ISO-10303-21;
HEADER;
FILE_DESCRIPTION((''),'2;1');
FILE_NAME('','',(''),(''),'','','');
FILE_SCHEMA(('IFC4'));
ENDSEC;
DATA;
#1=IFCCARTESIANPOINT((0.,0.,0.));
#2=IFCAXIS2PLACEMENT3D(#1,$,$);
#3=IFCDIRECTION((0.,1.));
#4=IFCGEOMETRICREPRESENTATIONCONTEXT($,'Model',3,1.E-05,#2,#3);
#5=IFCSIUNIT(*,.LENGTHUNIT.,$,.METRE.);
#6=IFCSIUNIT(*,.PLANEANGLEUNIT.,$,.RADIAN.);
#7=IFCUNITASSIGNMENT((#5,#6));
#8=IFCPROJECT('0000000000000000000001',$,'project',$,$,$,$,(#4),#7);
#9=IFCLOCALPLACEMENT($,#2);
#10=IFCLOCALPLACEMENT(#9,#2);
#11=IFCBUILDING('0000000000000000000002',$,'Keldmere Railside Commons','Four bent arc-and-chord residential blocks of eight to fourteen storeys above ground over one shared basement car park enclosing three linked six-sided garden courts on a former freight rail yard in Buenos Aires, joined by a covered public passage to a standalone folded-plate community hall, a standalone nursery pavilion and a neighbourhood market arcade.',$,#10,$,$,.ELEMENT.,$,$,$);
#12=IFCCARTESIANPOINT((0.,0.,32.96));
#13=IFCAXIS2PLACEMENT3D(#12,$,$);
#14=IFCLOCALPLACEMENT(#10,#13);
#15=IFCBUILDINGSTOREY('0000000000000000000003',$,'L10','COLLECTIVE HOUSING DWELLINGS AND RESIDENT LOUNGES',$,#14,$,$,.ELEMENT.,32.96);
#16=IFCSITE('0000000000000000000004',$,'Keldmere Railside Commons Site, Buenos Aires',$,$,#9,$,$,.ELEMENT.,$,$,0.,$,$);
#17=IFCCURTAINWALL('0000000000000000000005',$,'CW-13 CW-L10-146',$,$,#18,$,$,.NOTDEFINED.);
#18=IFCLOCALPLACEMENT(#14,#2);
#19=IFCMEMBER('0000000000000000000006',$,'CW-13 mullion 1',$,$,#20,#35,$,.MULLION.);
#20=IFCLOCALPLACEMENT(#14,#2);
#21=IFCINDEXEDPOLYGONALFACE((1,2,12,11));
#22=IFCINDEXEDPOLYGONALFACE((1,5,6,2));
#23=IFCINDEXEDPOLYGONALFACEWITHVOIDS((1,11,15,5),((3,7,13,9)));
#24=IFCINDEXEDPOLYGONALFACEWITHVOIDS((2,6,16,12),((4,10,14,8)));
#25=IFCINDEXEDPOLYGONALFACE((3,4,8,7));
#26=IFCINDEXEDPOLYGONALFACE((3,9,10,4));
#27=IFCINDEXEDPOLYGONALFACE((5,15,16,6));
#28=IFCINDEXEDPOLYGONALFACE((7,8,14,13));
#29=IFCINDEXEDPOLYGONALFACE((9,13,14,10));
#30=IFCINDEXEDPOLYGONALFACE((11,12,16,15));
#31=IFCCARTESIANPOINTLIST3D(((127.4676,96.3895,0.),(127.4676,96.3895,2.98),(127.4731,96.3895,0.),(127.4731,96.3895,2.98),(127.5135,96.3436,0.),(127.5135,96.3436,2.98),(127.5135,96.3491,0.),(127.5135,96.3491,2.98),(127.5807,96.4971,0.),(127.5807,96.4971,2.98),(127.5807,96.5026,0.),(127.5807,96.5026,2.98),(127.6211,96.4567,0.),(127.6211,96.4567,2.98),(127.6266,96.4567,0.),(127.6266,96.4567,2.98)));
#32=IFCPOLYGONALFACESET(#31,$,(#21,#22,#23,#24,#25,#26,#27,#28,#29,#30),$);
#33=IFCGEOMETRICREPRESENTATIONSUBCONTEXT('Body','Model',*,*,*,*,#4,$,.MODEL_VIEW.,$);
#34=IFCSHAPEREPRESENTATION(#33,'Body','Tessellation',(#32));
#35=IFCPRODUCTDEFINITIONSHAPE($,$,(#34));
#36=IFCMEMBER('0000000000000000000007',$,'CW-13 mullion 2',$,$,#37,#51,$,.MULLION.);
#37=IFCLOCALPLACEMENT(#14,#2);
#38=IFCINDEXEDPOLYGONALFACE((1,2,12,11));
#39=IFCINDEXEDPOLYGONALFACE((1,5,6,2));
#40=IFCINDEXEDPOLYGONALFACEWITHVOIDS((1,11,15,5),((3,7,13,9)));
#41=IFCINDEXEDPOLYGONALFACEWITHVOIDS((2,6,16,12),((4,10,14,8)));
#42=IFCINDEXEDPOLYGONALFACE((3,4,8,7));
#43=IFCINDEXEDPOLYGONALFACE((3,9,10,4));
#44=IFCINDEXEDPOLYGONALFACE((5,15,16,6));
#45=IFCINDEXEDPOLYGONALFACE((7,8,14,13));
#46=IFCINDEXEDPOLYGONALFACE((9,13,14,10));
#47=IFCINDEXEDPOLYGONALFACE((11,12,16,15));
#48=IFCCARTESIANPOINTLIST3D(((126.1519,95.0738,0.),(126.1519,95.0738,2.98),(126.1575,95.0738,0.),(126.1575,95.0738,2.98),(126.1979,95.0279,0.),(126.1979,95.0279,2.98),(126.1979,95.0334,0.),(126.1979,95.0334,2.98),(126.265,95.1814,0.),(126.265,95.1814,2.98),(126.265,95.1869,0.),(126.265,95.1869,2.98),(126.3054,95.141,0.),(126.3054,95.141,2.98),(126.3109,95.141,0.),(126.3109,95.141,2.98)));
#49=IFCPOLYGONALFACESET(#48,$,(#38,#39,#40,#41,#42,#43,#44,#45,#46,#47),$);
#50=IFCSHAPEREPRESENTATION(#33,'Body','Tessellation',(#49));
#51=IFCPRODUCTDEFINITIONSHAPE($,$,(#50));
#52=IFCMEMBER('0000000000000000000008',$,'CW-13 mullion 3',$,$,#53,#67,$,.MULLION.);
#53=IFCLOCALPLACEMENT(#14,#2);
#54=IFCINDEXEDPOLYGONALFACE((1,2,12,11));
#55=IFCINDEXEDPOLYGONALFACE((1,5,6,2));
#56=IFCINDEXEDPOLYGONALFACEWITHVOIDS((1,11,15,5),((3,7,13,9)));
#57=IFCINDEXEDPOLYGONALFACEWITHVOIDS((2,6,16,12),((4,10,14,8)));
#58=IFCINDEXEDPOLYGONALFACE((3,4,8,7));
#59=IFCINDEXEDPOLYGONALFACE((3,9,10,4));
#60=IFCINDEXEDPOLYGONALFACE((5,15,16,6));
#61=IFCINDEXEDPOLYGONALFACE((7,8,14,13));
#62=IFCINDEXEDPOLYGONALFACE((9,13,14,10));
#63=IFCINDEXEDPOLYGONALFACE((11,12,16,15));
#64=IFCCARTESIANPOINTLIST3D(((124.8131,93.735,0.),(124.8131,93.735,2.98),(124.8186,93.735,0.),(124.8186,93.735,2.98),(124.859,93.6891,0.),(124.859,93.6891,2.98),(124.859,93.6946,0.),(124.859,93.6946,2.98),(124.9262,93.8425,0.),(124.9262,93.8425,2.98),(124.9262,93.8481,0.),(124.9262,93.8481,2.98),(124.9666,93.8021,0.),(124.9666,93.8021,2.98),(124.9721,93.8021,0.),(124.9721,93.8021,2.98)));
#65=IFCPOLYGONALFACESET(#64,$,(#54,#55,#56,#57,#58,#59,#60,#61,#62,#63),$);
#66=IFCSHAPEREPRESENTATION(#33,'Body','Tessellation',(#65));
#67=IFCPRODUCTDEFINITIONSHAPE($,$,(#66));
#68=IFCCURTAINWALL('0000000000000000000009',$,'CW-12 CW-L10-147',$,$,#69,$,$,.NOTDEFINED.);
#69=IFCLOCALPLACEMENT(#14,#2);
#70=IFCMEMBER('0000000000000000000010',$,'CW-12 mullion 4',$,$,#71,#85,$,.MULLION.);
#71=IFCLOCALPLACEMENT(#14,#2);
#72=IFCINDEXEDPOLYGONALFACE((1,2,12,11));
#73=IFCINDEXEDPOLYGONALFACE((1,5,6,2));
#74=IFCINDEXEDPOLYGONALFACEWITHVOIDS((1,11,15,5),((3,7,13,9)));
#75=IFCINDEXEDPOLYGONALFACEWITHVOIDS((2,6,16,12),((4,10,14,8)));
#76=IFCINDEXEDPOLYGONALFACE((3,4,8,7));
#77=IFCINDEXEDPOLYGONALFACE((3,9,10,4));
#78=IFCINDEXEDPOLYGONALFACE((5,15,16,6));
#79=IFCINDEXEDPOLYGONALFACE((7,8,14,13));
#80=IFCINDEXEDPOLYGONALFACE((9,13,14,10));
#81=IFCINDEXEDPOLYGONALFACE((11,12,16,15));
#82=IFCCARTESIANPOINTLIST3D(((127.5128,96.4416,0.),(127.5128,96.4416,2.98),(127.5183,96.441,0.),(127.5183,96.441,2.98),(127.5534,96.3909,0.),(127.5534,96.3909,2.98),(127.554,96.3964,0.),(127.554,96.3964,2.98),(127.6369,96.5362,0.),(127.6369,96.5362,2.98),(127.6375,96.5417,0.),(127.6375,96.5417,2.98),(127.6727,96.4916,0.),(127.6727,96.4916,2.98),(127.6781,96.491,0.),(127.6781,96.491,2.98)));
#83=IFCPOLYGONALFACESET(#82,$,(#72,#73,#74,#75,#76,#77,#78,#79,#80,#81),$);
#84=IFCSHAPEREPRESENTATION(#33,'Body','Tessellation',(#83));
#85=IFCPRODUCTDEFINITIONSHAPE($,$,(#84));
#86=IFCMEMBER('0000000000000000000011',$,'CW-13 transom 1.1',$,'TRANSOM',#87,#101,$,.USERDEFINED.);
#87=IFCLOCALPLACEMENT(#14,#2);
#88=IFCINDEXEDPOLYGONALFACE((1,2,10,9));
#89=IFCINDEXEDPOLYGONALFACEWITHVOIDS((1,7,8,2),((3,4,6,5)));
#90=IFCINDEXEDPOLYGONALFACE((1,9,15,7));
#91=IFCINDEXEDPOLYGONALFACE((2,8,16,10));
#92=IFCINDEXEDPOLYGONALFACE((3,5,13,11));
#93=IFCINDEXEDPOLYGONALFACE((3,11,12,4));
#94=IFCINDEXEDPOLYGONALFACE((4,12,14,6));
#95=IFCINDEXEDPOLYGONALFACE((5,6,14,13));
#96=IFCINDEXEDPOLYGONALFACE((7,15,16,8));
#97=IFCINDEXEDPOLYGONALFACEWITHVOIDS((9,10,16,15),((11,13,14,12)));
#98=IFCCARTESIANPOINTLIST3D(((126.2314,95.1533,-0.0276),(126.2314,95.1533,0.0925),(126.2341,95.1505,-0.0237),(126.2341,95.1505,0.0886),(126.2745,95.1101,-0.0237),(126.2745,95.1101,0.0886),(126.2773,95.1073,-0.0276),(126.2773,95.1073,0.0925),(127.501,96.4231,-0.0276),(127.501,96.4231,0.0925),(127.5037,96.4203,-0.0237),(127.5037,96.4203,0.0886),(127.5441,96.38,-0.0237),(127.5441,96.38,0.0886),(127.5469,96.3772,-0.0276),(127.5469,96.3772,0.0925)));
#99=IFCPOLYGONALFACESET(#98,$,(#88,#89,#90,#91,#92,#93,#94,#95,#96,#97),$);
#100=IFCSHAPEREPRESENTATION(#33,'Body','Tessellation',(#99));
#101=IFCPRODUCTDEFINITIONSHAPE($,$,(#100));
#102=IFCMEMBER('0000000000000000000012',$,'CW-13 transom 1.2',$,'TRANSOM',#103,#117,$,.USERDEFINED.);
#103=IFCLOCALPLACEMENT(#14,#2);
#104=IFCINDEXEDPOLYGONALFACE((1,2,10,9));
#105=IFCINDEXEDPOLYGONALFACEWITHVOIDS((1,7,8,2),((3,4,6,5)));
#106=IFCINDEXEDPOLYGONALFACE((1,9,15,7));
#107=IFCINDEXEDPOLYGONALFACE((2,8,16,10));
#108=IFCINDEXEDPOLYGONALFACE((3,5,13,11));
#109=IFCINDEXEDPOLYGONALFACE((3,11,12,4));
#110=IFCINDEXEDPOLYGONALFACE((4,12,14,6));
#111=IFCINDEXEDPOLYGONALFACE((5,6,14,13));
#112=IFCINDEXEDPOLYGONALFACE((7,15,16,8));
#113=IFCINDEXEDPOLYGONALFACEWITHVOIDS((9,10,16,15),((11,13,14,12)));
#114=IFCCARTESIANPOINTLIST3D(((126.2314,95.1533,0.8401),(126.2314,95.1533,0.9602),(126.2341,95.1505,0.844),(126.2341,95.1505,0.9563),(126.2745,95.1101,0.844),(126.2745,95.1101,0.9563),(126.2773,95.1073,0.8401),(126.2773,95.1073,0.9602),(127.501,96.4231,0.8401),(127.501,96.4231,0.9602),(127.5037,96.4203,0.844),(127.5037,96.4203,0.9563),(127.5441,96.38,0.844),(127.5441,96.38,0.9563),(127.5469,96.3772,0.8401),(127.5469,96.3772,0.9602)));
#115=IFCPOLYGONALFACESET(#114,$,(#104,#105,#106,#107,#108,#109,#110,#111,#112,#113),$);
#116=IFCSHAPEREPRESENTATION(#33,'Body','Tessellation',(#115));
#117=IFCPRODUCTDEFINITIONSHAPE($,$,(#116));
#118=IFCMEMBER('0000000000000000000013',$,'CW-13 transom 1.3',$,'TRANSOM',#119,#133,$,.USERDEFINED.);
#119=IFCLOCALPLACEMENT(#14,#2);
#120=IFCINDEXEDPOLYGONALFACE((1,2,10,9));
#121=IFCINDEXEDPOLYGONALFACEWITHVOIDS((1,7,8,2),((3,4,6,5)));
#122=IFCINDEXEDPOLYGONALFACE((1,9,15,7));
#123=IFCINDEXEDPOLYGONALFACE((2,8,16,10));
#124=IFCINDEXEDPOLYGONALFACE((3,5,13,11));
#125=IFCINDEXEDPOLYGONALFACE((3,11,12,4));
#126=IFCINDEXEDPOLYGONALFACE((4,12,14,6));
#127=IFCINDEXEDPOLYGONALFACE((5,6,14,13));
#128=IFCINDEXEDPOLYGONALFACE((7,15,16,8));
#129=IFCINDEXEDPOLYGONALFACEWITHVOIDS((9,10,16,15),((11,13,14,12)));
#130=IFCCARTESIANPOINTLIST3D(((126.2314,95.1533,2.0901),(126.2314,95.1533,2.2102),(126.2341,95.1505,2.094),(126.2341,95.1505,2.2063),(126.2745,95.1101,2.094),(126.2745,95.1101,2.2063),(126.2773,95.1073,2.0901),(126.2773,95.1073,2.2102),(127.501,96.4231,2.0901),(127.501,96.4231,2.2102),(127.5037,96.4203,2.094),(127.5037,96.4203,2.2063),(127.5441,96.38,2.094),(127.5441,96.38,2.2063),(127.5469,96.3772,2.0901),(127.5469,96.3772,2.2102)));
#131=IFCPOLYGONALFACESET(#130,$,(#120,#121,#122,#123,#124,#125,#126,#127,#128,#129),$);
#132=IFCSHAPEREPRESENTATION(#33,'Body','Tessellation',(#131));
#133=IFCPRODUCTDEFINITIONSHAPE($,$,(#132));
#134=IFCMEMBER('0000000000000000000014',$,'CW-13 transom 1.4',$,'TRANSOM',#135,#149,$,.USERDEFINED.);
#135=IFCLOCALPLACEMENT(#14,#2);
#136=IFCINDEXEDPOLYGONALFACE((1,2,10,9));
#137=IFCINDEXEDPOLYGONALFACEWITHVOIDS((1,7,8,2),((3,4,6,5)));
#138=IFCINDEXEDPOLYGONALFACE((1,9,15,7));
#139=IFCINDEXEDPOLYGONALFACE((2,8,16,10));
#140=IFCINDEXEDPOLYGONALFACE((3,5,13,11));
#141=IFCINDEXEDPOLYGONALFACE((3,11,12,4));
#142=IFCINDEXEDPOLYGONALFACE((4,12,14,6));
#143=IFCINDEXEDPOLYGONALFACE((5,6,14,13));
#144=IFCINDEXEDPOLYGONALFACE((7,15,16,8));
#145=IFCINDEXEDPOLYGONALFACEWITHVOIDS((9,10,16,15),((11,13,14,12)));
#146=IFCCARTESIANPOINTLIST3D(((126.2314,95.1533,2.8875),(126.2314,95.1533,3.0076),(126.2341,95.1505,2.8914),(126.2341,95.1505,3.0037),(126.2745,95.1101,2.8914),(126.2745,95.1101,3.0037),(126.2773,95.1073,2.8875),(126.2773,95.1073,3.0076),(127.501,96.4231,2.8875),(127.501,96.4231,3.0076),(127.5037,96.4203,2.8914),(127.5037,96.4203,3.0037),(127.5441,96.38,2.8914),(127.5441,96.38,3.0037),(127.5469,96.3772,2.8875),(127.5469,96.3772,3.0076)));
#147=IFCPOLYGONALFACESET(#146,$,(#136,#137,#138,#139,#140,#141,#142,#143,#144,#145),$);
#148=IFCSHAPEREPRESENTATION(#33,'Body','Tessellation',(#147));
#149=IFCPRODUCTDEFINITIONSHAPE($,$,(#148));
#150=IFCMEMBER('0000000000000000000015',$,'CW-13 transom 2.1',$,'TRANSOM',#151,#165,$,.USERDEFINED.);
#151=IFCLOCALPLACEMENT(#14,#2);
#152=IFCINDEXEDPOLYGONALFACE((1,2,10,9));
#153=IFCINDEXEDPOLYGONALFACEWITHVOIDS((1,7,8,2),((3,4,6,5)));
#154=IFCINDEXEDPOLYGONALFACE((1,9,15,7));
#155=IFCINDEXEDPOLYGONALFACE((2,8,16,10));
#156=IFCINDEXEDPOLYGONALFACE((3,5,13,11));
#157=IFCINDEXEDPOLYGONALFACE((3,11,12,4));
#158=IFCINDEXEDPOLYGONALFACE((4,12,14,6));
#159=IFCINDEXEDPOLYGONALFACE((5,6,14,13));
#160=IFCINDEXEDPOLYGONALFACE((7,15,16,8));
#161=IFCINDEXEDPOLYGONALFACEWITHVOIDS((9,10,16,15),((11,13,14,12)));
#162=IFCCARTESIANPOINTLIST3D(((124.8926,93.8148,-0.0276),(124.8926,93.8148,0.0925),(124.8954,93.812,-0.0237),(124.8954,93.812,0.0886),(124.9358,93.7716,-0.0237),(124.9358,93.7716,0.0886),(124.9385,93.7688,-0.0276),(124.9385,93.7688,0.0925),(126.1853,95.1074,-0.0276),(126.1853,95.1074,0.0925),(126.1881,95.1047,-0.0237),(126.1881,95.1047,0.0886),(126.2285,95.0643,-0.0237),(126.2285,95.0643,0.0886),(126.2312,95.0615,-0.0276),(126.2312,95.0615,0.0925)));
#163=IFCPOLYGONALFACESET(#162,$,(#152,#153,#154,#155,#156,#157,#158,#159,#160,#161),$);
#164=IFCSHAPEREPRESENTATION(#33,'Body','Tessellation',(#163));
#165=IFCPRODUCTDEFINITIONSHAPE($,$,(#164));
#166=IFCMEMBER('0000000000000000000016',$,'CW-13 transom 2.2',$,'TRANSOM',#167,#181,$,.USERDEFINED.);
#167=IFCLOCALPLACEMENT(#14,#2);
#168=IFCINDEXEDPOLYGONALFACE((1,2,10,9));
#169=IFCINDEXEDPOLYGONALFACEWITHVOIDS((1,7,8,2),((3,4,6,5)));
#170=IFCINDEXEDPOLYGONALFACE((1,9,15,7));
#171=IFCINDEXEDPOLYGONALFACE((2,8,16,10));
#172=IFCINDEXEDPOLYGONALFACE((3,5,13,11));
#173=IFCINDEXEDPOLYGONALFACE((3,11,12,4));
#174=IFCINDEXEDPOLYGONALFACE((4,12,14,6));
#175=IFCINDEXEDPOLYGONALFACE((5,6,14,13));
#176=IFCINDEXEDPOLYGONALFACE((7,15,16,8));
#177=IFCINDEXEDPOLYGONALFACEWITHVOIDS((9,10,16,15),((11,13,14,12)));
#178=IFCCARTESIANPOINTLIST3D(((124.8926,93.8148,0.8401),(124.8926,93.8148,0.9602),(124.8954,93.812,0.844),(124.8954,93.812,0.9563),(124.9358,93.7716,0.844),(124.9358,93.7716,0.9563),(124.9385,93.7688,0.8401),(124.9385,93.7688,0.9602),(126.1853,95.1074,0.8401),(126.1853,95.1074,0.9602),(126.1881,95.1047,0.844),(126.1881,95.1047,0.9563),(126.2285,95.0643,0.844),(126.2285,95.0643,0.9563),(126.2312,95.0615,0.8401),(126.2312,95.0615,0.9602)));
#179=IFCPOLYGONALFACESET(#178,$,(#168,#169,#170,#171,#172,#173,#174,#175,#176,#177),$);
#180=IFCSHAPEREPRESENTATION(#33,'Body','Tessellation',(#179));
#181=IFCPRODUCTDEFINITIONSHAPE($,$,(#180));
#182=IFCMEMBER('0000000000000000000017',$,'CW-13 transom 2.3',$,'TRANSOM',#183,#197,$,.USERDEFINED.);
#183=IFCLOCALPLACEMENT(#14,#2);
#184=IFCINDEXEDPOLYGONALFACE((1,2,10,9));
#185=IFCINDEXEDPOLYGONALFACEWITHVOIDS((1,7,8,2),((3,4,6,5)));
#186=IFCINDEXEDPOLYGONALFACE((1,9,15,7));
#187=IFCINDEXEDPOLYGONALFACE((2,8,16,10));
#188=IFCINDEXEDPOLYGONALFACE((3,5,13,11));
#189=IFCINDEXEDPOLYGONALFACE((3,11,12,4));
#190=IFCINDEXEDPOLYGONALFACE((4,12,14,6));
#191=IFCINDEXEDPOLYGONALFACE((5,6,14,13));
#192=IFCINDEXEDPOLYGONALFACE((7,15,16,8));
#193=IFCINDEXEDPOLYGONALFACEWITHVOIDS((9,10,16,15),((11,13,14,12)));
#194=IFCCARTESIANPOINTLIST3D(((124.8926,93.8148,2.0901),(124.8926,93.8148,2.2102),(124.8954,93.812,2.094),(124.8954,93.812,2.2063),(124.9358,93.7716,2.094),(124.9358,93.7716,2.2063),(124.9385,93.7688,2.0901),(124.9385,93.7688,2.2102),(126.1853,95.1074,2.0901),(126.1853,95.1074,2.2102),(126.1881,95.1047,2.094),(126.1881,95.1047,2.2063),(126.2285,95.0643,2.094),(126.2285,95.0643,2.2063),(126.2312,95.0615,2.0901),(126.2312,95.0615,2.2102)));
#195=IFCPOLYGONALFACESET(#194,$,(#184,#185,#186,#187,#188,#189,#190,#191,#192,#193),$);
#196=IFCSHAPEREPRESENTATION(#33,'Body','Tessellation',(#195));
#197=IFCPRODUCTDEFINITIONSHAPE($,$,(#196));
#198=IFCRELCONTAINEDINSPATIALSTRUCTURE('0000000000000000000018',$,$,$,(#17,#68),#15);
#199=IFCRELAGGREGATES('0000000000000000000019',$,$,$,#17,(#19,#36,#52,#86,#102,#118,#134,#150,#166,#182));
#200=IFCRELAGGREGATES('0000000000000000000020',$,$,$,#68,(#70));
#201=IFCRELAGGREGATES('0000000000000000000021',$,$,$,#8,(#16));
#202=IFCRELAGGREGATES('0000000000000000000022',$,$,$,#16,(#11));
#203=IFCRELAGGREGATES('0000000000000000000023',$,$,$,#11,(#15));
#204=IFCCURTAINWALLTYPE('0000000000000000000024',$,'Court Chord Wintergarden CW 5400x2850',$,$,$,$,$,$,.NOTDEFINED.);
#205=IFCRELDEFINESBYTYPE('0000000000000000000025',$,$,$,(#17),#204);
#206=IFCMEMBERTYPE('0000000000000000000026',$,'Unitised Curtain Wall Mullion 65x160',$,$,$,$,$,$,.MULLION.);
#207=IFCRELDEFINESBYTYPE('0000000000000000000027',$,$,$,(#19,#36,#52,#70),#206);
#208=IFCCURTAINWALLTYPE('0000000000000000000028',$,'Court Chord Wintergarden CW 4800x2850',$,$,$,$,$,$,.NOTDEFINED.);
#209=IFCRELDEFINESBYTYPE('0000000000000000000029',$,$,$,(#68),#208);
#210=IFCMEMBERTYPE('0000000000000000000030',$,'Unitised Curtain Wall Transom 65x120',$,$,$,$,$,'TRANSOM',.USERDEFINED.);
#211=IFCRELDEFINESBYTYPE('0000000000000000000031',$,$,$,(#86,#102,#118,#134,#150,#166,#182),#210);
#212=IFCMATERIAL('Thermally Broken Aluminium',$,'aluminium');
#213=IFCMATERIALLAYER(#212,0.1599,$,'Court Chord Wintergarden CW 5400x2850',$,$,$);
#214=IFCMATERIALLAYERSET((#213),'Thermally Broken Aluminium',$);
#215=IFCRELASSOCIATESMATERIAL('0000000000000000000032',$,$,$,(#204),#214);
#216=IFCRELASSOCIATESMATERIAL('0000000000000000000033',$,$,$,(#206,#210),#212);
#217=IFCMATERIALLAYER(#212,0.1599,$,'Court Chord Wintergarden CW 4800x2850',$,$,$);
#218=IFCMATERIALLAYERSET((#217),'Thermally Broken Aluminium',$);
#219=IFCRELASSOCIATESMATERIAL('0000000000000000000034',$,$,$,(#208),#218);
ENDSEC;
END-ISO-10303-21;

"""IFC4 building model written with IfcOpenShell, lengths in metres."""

from ifc_helpers import new_model, si_unit, direction, frame, origin, origin_2d, place, context, subcontext, project, spatial, hollow_rectangle, extrude, material, layer, layer_set, material_profile, profile_set, type_object, element, aggregate, save


model = new_model("IFC4")

# Units and contexts
model_context = context("Model", 3, precision=1e-05, world=origin(), true_north=direction((0.0, 1.0)))
body_context = subcontext(model_context, "Body", "Model", "MODEL_VIEW")
ifc_project = project(units=[si_unit("LENGTHUNIT", "METRE"), si_unit("PLANEANGLEUNIT", "RADIAN")], contexts=[model_context])

# Site, building, storey
site_placement = place(None, origin())
site = spatial("IfcSite", under=ifc_project, at=site_placement, Name="Keldmere Railside Commons Site, Buenos Aires", CompositionType="ELEMENT", RefElevation=0.0)
building_placement = place(site_placement, origin())
building = spatial("IfcBuilding", under=site, at=building_placement, Name="Keldmere Railside Commons", Description="Four bent arc-and-chord residential blocks of eight to fourteen storeys above ground over one shared basement car park enclosing three linked six-sided garden courts on a former freight rail yard in Buenos Aires, joined by a covered public passage to a standalone folded-plate community hall, a standalone nursery pavilion and a neighbourhood market arcade.", CompositionType="ELEMENT")
storey_placement = place(building_placement, frame((0.0, 0.0, 32.96)))
storey = spatial("IfcBuildingStorey", under=building, at=storey_placement, Name="L10", Description="COLLECTIVE HOUSING DWELLINGS AND RESIDENT LOUNGES", CompositionType="ELEMENT", Elevation=32.96)

# Curtain wall, members
ifc_material_1 = material(Name="Thermally Broken Aluminium", Category="aluminium")
ifc_layer_1 = layer(ifc_material_1, 0.1599, Name="Court Chord Wintergarden CW 5400x2850")
ifc_layer_set_1 = layer_set([ifc_layer_1], Name="Thermally Broken Aluminium")
curtain_wall_type_1 = type_object("IfcCurtainWallType", Name="Court Chord Wintergarden CW 5400x2850", PredefinedType="NOTDEFINED", material=ifc_layer_set_1)
curtain_wall_1_placement = place(storey_placement, origin())
curtain_wall_1 = element("IfcCurtainWall", 1, at=curtain_wall_1_placement, inside=storey, type_object=curtain_wall_type_1, Name="CW-13 CW-L10-146", PredefinedType="NOTDEFINED")
ifc_material_profile_1 = material_profile(ifc_material_1, hollow_rectangle(XDim=0.0649, YDim=0.1599, WallThickness=0.0039, at=origin_2d()), Name="ALU-MULL-65x160")
ifc_profile_set_1 = profile_set([ifc_material_profile_1], Name="Thermally Broken Aluminium")
member_type_1 = type_object("IfcMemberType", Name="Unitised Curtain Wall Mullion 65x160", PredefinedType="MULLION", material=ifc_profile_set_1)
member_1_placement = place(storey_placement, frame((127.5471, 96.4231, 0.0), z_axis=(0.0, 0.0, 1.0), x_axis=(0.707107, -0.707107, 0.0)))
member_1 = element("IfcMember", 2, at=member_1_placement, type_object=member_type_1, Name="CW-13 mullion 1", PredefinedType="MULLION", context=body_context, shape_type="SweptSolid", body=[
    extrude(hollow_rectangle(XDim=0.0649, YDim=0.1599, WallThickness=0.0039, at=origin_2d()), origin(), (0.0, 0.0, 1.0), 2.98),
])
member_2_placement = place(storey_placement, frame((126.2314, 95.1074, 0.0), z_axis=(0.0, 0.0, 1.0), x_axis=(0.707107, -0.707107, 0.0)))
member_2 = element("IfcMember", 3, at=member_2_placement, type_object=member_type_1, Name="CW-13 mullion 2", PredefinedType="MULLION", context=body_context, shape_type="SweptSolid", body=[
    extrude(hollow_rectangle(XDim=0.0649, YDim=0.1599, WallThickness=0.0039, at=origin_2d()), origin(), (0.0, 0.0, 1.0), 2.98),
])
member_3_placement = place(storey_placement, frame((124.8926, 93.7686, 0.0), z_axis=(0.0, 0.0, 1.0), x_axis=(0.707107, -0.707107, 0.0)))
member_3 = element("IfcMember", 4, at=member_3_placement, type_object=member_type_1, Name="CW-13 mullion 3", PredefinedType="MULLION", context=body_context, shape_type="SweptSolid", body=[
    extrude(hollow_rectangle(XDim=0.0649, YDim=0.1599, WallThickness=0.0039, at=origin_2d()), origin(), (0.0, 0.0, 1.0), 2.98),
])

# Curtain wall, member
ifc_layer_2 = layer(ifc_material_1, 0.1599, Name="Court Chord Wintergarden CW 4800x2850")
ifc_layer_set_2 = layer_set([ifc_layer_2], Name="Thermally Broken Aluminium")
curtain_wall_type_2 = type_object("IfcCurtainWallType", Name="Court Chord Wintergarden CW 4800x2850", PredefinedType="NOTDEFINED", material=ifc_layer_set_2)
curtain_wall_2_placement = place(storey_placement, origin())
curtain_wall_2 = element("IfcCurtainWall", 5, at=curtain_wall_2_placement, inside=storey, type_object=curtain_wall_type_2, Name="CW-12 CW-L10-147", PredefinedType="NOTDEFINED")
member_4_placement = place(storey_placement, frame((127.5955, 96.4663, 0.0), z_axis=(0.0, 0.0, 1.0), x_axis=(0.625768, -0.780009, 0.0)))
member_4 = element("IfcMember", 6, at=member_4_placement, type_object=member_type_1, Name="CW-12 mullion 4", PredefinedType="MULLION", context=body_context, shape_type="SweptSolid", body=[
    extrude(hollow_rectangle(XDim=0.0649, YDim=0.1599, WallThickness=0.0039, at=origin_2d()), origin(), (0.0, 0.0, 1.0), 2.98),
])

# Members
ifc_material_profile_2 = material_profile(ifc_material_1, hollow_rectangle(XDim=0.0649, YDim=0.1201, WallThickness=0.0039, at=origin_2d()), Name="ALU-TRAN-65x120")
ifc_profile_set_2 = profile_set([ifc_material_profile_2], Name="Thermally Broken Aluminium")
member_type_2 = type_object("IfcMemberType", Name="Unitised Curtain Wall Transom 65x120", ElementType="TRANSOM", PredefinedType="USERDEFINED", material=ifc_profile_set_2)
member_5_placement = place(storey_placement, frame((127.5239, 96.4001, 0.0325), z_axis=(-0.707039, -0.707175, 0.0), x_axis=(0.707175, -0.707039, 0.0)))
member_5 = element("IfcMember", 7, at=member_5_placement, type_object=member_type_2, Name="CW-13 transom 1.1", ObjectType="TRANSOM", PredefinedType="USERDEFINED", context=body_context, shape_type="SweptSolid", body=[
    extrude(hollow_rectangle(XDim=0.0649, YDim=0.1201, WallThickness=0.0039, at=origin_2d()), origin(), (0.0, 0.0, 1.0), 1.7957),
])
member_6_placement = place(storey_placement, frame((127.5239, 96.4001, 0.9001), z_axis=(-0.707039, -0.707175, 0.0), x_axis=(0.707175, -0.707039, 0.0)))
member_6 = element("IfcMember", 8, at=member_6_placement, type_object=member_type_2, Name="CW-13 transom 1.2", ObjectType="TRANSOM", PredefinedType="USERDEFINED", context=body_context, shape_type="SweptSolid", body=[
    extrude(hollow_rectangle(XDim=0.0649, YDim=0.1201, WallThickness=0.0039, at=origin_2d()), origin(), (0.0, 0.0, 1.0), 1.7957),
])
member_7_placement = place(storey_placement, frame((127.5239, 96.4001, 2.1501), z_axis=(-0.707039, -0.707175, 0.0), x_axis=(0.707175, -0.707039, 0.0)))
member_7 = element("IfcMember", 9, at=member_7_placement, type_object=member_type_2, Name="CW-13 transom 1.3", ObjectType="TRANSOM", PredefinedType="USERDEFINED", context=body_context, shape_type="SweptSolid", body=[
    extrude(hollow_rectangle(XDim=0.0649, YDim=0.1201, WallThickness=0.0039, at=origin_2d()), origin(), (0.0, 0.0, 1.0), 1.7957),
])
member_8_placement = place(storey_placement, frame((127.5239, 96.4001, 2.9475), z_axis=(-0.707039, -0.707175, 0.0), x_axis=(0.707175, -0.707039, 0.0)))
member_8 = element("IfcMember", 10, at=member_8_placement, type_object=member_type_2, Name="CW-13 transom 1.4", ObjectType="TRANSOM", PredefinedType="USERDEFINED", context=body_context, shape_type="SweptSolid", body=[
    extrude(hollow_rectangle(XDim=0.0649, YDim=0.1201, WallThickness=0.0039, at=origin_2d()), origin(), (0.0, 0.0, 1.0), 1.7957),
])
member_9_placement = place(storey_placement, frame((126.2083, 95.0845, 0.0325), z_axis=(-0.707107, -0.707107, 0.0), x_axis=(0.707107, -0.707107, 0.0)))
member_9 = element("IfcMember", 11, at=member_9_placement, type_object=member_type_2, Name="CW-13 transom 2.1", ObjectType="TRANSOM", PredefinedType="USERDEFINED", context=body_context, shape_type="SweptSolid", body=[
    extrude(hollow_rectangle(XDim=0.0649, YDim=0.1201, WallThickness=0.0039, at=origin_2d()), origin(), (0.0, 0.0, 1.0), 1.8281),
])
member_10_placement = place(storey_placement, frame((126.2083, 95.0845, 0.9001), z_axis=(-0.707107, -0.707107, 0.0), x_axis=(0.707107, -0.707107, 0.0)))
member_10 = element("IfcMember", 12, at=member_10_placement, type_object=member_type_2, Name="CW-13 transom 2.2", ObjectType="TRANSOM", PredefinedType="USERDEFINED", context=body_context, shape_type="SweptSolid", body=[
    extrude(hollow_rectangle(XDim=0.0649, YDim=0.1201, WallThickness=0.0039, at=origin_2d()), origin(), (0.0, 0.0, 1.0), 1.8281),
])
member_11_placement = place(storey_placement, frame((126.2083, 95.0845, 2.1501), z_axis=(-0.707107, -0.707107, 0.0), x_axis=(0.707107, -0.707107, 0.0)))
member_11 = element("IfcMember", 13, at=member_11_placement, type_object=member_type_2, Name="CW-13 transom 2.3", ObjectType="TRANSOM", PredefinedType="USERDEFINED", context=body_context, shape_type="SweptSolid", body=[
    extrude(hollow_rectangle(XDim=0.0649, YDim=0.1201, WallThickness=0.0039, at=origin_2d()), origin(), (0.0, 0.0, 1.0), 1.8281),
])

aggregate(curtain_wall_1, [member_1, member_2, member_3, member_5, member_6, member_7, member_8, member_9, member_10, member_11])
aggregate(curtain_wall_2, [member_4])

save(model, "model.ifc")
